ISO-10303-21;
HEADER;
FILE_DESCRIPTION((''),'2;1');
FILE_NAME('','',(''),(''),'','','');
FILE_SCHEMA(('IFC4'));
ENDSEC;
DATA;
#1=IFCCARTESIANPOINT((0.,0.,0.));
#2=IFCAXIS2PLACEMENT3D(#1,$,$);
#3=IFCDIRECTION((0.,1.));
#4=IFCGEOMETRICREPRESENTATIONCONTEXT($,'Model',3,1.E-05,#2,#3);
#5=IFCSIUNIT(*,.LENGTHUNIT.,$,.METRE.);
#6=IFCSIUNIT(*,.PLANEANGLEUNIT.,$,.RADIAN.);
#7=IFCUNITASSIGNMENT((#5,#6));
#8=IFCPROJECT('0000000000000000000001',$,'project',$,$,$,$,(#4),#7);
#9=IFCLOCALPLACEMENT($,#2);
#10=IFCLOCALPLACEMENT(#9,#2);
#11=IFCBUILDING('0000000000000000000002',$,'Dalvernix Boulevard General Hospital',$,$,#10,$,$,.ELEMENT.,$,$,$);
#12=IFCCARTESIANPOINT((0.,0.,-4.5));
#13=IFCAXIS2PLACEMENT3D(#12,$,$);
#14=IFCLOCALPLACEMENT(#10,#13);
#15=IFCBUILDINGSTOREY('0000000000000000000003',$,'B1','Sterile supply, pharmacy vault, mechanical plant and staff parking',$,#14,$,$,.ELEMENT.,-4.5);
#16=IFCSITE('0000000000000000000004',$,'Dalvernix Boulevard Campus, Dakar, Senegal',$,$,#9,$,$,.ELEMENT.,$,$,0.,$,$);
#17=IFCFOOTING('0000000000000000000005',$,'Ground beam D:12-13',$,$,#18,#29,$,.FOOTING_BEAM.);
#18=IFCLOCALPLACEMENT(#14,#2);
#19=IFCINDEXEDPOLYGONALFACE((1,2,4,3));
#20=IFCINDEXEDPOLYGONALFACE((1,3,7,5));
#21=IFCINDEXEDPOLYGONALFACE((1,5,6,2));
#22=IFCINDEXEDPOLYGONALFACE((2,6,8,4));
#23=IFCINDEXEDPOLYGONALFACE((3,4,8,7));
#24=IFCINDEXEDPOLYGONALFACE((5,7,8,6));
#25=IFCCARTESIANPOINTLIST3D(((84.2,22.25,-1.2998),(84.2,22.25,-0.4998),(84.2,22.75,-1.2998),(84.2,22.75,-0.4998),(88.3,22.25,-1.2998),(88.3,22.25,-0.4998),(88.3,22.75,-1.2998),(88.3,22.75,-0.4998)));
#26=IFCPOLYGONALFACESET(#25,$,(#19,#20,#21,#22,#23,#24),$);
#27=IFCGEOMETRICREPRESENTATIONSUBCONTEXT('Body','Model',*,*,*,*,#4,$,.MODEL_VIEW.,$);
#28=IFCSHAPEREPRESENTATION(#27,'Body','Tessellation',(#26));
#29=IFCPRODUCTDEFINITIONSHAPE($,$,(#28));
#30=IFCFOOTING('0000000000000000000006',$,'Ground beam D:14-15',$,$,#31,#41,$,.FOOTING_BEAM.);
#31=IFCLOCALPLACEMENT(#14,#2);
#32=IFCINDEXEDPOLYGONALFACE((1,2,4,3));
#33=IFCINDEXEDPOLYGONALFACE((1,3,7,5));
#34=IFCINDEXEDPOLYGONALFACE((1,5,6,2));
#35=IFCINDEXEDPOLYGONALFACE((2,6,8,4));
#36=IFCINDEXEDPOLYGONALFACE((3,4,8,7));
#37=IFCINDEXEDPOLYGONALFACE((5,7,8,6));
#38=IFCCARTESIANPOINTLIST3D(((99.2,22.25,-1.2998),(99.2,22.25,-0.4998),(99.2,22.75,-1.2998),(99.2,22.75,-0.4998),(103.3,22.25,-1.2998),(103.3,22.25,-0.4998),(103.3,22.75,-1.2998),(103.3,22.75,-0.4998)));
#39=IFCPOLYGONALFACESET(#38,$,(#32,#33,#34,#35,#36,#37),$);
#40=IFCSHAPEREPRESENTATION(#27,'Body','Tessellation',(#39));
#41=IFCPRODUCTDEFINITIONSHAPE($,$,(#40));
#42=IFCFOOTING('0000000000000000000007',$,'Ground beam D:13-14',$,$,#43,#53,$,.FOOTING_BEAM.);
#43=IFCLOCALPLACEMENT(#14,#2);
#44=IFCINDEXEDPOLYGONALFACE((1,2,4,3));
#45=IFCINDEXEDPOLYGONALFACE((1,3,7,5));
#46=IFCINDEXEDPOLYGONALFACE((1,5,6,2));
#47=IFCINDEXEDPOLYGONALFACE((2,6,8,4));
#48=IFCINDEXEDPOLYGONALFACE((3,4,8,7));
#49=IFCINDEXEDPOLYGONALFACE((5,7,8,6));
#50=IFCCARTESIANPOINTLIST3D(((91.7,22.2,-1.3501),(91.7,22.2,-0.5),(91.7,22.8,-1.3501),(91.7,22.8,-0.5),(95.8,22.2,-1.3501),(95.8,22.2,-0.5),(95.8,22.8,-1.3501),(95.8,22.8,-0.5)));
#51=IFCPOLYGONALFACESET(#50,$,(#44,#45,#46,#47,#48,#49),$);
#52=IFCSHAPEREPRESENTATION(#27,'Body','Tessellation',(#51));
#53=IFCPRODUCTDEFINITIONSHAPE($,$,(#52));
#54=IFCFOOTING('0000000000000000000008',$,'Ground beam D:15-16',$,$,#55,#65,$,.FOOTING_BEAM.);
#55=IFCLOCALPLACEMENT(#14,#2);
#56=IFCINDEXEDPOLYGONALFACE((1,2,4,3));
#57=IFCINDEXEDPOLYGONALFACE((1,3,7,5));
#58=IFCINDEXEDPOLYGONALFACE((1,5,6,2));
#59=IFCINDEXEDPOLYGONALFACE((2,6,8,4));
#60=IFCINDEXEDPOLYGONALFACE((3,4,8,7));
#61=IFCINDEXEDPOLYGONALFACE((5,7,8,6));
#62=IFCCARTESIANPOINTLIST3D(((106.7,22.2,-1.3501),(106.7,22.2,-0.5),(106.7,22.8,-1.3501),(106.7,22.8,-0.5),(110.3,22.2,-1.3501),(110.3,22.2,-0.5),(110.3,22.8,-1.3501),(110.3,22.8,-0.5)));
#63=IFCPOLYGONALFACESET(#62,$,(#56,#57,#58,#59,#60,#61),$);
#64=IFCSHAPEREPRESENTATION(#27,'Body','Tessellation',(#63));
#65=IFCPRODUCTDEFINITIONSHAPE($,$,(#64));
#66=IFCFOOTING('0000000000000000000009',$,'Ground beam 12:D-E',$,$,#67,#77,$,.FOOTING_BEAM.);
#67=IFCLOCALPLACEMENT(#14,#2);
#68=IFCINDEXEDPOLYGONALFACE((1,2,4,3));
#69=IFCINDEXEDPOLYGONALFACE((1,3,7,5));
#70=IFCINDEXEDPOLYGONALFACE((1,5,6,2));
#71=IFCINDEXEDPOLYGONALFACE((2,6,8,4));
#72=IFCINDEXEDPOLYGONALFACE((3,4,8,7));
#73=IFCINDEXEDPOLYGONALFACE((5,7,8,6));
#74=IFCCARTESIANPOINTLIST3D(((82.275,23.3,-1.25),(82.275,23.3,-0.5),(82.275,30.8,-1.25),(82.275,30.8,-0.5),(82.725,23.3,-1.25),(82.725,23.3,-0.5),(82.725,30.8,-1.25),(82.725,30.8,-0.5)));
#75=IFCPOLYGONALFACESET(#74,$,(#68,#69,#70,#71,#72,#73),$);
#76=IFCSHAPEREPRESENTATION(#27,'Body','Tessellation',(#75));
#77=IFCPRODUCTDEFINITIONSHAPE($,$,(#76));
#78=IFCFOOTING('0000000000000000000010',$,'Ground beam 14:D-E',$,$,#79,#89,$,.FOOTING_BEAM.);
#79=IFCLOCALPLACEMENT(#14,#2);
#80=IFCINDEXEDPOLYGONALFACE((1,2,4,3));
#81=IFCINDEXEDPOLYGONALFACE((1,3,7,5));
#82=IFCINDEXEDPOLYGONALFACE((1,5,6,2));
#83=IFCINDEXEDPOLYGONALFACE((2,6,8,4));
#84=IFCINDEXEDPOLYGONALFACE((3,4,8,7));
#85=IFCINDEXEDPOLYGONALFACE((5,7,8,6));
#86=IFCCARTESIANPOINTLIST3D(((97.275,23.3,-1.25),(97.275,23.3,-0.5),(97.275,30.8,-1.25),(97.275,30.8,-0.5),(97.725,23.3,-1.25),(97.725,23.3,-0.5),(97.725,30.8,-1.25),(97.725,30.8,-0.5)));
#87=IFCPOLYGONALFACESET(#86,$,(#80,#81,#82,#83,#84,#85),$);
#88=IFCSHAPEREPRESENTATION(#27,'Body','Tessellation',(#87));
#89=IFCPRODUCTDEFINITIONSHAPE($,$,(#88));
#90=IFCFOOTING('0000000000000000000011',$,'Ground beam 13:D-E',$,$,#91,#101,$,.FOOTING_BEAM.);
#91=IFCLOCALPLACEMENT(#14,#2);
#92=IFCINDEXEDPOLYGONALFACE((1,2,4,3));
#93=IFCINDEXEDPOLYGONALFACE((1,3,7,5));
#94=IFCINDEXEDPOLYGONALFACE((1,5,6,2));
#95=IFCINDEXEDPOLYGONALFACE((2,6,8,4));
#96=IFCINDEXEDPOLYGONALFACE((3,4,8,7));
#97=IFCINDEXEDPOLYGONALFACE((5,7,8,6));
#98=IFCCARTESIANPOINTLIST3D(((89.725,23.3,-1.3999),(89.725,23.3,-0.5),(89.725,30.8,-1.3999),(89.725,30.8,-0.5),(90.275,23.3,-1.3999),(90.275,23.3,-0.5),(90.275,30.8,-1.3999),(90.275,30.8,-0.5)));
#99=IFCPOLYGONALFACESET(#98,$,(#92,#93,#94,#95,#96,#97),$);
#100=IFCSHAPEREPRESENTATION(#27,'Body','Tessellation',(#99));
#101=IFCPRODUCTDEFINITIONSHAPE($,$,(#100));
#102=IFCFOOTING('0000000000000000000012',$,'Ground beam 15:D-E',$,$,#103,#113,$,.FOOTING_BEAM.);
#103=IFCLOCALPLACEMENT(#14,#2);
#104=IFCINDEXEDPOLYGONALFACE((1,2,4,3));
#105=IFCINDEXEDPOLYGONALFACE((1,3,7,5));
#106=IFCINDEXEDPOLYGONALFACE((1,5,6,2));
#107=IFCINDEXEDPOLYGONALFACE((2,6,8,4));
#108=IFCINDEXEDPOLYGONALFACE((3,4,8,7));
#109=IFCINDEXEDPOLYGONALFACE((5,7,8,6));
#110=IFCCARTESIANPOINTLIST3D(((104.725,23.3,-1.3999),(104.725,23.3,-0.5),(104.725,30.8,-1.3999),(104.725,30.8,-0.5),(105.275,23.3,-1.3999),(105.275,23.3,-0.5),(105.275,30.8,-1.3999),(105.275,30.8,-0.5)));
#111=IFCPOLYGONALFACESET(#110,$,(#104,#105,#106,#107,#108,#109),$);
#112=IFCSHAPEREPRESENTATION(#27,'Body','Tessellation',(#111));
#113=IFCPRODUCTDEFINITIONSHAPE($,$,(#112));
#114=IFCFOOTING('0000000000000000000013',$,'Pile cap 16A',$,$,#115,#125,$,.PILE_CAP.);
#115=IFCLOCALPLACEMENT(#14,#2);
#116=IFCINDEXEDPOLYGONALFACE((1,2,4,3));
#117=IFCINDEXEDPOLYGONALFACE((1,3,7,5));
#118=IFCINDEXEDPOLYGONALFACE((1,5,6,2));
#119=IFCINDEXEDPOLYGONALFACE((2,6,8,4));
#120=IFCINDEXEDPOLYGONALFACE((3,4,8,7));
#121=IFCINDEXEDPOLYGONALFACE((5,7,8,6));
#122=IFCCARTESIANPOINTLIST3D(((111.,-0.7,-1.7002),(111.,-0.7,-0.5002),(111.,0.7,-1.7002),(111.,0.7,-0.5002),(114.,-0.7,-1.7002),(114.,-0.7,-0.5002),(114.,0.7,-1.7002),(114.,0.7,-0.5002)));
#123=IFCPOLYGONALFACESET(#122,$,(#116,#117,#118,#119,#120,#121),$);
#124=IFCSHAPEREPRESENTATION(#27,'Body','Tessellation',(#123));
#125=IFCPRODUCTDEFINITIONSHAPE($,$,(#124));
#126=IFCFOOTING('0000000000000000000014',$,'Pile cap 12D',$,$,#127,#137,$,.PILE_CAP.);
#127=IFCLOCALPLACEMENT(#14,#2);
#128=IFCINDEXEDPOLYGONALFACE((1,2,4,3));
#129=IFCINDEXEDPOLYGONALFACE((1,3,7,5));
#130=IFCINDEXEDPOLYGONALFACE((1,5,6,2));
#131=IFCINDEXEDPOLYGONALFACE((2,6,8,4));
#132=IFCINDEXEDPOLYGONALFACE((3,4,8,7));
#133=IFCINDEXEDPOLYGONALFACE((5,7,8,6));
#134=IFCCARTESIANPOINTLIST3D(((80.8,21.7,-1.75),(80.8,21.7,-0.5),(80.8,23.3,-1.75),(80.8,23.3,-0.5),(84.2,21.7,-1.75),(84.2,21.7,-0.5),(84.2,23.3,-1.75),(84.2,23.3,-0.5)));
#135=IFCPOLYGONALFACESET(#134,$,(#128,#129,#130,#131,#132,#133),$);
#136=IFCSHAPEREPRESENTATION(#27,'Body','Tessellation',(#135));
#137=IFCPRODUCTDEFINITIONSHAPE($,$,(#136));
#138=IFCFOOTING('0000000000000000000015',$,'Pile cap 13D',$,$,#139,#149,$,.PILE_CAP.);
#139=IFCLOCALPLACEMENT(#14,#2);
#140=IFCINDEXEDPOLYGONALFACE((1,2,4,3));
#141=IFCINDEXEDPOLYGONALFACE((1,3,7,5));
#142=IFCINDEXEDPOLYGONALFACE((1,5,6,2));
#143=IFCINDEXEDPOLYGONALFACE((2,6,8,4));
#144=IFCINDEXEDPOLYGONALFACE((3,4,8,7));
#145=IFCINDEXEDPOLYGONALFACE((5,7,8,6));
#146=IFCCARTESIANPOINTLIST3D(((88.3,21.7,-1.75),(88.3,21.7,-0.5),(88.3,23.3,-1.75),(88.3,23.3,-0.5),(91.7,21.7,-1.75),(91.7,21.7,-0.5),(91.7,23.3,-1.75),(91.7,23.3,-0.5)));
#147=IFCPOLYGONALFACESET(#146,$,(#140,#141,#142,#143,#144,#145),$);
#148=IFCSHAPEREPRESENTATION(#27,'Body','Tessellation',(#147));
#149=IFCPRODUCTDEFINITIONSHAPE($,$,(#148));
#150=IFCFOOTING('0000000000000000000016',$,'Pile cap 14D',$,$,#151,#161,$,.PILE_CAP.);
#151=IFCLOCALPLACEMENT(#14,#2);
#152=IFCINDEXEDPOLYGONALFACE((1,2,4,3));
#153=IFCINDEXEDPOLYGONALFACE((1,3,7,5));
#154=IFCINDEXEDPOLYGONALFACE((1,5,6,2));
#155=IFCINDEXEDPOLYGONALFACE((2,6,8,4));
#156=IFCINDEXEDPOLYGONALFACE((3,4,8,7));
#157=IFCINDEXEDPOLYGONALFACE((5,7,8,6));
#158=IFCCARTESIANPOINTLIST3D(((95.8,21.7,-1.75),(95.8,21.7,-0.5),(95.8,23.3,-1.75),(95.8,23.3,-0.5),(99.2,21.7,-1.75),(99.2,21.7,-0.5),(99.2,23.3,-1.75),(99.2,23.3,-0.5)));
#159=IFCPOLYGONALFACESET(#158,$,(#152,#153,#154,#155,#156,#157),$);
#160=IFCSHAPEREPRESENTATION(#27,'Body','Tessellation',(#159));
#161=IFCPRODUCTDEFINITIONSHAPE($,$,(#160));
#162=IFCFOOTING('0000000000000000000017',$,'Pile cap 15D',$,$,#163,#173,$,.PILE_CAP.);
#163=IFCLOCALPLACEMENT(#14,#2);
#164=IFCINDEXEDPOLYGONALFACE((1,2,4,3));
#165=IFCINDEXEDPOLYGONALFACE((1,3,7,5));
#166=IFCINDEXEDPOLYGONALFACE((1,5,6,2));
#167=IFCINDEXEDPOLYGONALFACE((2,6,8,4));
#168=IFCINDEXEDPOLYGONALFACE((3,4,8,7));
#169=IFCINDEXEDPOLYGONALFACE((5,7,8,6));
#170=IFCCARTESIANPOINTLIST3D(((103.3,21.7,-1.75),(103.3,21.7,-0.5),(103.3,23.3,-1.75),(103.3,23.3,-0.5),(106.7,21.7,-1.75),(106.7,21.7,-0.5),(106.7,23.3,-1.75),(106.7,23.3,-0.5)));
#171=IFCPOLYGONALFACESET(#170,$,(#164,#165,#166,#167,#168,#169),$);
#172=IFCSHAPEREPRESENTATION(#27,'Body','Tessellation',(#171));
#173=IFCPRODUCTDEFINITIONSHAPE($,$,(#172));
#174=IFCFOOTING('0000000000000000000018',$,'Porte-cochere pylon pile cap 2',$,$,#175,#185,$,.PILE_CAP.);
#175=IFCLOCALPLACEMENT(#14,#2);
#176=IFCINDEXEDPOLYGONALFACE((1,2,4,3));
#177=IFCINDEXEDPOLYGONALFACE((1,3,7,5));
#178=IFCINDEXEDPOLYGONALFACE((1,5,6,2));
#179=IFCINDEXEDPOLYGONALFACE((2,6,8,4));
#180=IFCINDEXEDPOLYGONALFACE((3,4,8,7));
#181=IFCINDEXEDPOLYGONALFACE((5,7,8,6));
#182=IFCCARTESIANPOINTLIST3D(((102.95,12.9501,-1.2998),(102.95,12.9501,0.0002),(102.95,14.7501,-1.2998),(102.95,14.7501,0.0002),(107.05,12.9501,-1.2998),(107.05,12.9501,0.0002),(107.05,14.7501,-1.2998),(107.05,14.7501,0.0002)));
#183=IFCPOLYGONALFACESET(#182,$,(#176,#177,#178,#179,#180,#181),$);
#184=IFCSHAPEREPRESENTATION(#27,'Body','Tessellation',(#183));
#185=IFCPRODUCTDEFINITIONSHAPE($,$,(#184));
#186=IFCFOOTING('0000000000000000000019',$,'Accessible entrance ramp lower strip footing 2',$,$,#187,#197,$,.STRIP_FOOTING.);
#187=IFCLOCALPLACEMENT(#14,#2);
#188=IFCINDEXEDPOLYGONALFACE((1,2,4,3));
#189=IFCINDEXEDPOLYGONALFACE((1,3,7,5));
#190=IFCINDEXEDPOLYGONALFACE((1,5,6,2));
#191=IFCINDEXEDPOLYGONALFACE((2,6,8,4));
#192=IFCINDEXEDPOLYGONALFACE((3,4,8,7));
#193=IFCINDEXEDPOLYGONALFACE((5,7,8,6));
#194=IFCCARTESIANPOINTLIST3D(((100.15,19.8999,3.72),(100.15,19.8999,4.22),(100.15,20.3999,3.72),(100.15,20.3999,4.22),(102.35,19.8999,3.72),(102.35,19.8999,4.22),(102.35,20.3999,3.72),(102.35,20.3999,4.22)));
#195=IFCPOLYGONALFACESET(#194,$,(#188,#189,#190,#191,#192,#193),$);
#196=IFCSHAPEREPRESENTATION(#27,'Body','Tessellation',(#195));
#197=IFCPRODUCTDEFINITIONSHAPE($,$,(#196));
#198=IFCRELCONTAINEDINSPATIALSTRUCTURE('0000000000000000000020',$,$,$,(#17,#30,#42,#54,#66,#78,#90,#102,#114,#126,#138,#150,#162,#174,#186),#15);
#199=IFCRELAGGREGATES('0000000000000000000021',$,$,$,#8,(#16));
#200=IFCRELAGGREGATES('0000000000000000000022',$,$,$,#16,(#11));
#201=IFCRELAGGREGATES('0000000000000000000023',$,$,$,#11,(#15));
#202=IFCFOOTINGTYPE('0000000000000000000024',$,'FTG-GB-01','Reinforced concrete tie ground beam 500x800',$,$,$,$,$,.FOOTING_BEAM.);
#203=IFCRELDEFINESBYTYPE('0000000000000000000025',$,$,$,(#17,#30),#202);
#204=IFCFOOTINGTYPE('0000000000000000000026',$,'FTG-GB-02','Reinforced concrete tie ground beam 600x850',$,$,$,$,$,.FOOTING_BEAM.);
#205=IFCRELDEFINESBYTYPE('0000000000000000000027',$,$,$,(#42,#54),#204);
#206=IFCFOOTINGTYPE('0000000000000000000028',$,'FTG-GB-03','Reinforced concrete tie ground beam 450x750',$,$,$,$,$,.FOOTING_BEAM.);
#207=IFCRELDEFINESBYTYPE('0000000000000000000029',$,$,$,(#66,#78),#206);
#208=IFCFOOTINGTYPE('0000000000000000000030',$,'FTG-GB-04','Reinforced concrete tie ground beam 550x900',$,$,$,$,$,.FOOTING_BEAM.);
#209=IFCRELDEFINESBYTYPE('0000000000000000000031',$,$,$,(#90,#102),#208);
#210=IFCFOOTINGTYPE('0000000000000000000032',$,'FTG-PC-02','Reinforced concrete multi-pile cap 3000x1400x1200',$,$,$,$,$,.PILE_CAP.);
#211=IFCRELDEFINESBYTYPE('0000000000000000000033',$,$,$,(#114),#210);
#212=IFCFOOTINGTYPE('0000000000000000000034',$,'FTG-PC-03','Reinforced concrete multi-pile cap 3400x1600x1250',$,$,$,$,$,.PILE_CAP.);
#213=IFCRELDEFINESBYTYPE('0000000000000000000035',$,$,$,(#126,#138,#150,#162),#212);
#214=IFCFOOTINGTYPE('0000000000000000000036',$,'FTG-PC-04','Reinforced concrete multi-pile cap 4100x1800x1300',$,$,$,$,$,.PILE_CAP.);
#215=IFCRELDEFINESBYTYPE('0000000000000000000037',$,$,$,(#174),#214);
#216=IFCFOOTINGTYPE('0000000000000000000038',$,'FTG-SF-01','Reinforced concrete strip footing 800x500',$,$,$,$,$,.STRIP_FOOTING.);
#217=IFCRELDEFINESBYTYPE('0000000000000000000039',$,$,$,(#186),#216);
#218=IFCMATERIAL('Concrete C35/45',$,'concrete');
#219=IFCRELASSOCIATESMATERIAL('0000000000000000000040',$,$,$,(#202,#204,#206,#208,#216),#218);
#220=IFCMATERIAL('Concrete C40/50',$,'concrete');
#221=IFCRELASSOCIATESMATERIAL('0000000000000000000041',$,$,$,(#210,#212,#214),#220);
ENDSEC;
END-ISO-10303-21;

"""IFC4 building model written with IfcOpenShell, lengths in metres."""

from ifc_helpers import new_model, si_unit, direction, frame, origin, origin_2d, place, context, subcontext, project, spatial, rectangle, extrude, material, type_object, element, save


model = new_model("IFC4")

# Units and contexts
model_context = context("Model", 3, precision=1e-05, world=origin(), true_north=direction((0.0, 1.0)))
body_context = subcontext(model_context, "Body", "Model", "MODEL_VIEW")
ifc_project = project(units=[si_unit("LENGTHUNIT", "METRE"), si_unit("PLANEANGLEUNIT", "RADIAN")], contexts=[model_context])

# Site, building, storey
site_placement = place(None, origin())
site = spatial("IfcSite", under=ifc_project, at=site_placement, Name="Dalvernix Boulevard Campus, Dakar, Senegal", CompositionType="ELEMENT", RefElevation=0.0)
building_placement = place(site_placement, origin())
building = spatial("IfcBuilding", under=site, at=building_placement, Name="Dalvernix Boulevard General Hospital", CompositionType="ELEMENT")
storey_placement = place(building_placement, frame((0.0, 0.0, -4.5)))
storey = spatial("IfcBuildingStorey", under=building, at=storey_placement, Name="B1", Description="Sterile supply, pharmacy vault, mechanical plant and staff parking", CompositionType="ELEMENT", Elevation=-4.5)

# Footings
ifc_material_1 = material(Name="Concrete C35/45", Category="concrete")
footing_type_1 = type_object("IfcFootingType", Name="FTG-GB-01", Description="Reinforced concrete tie ground beam 500x800", PredefinedType="FOOTING_BEAM", material=ifc_material_1)
for number, where, z_axis, x_axis, name in (
    (1, (86.25, 22.5, -1.2998), (0.0, 0.0, 1.0), (1.0, 0.0, 0.0), "Ground beam D:12-13"),
    (2, (101.25, 22.5, -1.2998), (0.0, 0.0, 1.0), (1.0, 0.0, 0.0), "Ground beam D:14-15"),
):
    element("IfcFooting", number, at=place(storey_placement, frame(where, z_axis=z_axis, x_axis=x_axis)), inside=storey, type_object=footing_type_1, Name=name, PredefinedType="FOOTING_BEAM", context=body_context, shape_type="SweptSolid", body=[
        extrude(rectangle(XDim=4.1001, YDim=0.5, at=origin_2d()), origin(), (0.0, 0.0, 1.0), 0.8),
    ])
footing_type_2 = type_object("IfcFootingType", Name="FTG-GB-02", Description="Reinforced concrete tie ground beam 600x850", PredefinedType="FOOTING_BEAM", material=ifc_material_1)
footing_1_placement = place(storey_placement, frame((93.75, 22.5, -1.3501), z_axis=(0.0, 0.0, 1.0), x_axis=(1.0, 0.0, 0.0)))
element("IfcFooting", 3, at=footing_1_placement, inside=storey, type_object=footing_type_2, Name="Ground beam D:13-14", PredefinedType="FOOTING_BEAM", context=body_context, shape_type="SweptSolid", body=[
    extrude(rectangle(XDim=4.1001, YDim=0.6001, at=origin_2d()), origin(), (0.0, 0.0, 1.0), 0.8501),
])
footing_2_placement = place(storey_placement, frame((108.5, 22.5, -1.3501), z_axis=(0.0, 0.0, 1.0), x_axis=(1.0, 0.0, 0.0)))
element("IfcFooting", 4, at=footing_2_placement, inside=storey, type_object=footing_type_2, Name="Ground beam D:15-16", PredefinedType="FOOTING_BEAM", context=body_context, shape_type="SweptSolid", body=[
    extrude(rectangle(XDim=3.6001, YDim=0.6001, at=origin_2d()), origin(), (0.0, 0.0, 1.0), 0.8501),
])
footing_type_3 = type_object("IfcFootingType", Name="FTG-GB-03", Description="Reinforced concrete tie ground beam 450x750", PredefinedType="FOOTING_BEAM", material=ifc_material_1)
for number, where, z_axis, x_axis, name in (
    (5, (82.5, 27.05, -1.25), (0.0, 0.0, 1.0), (0.0, 1.0, 0.0), "Ground beam 12:D-E"),
    (6, (97.5, 27.05, -1.25), (0.0, 0.0, 1.0), (0.0, 1.0, 0.0), "Ground beam 14:D-E"),
):
    element("IfcFooting", number, at=place(storey_placement, frame(where, z_axis=z_axis, x_axis=x_axis)), inside=storey, type_object=footing_type_3, Name=name, PredefinedType="FOOTING_BEAM", context=body_context, shape_type="SweptSolid", body=[
        extrude(rectangle(XDim=7.5, YDim=0.45, at=origin_2d()), origin(), (0.0, 0.0, 1.0), 0.75),
    ])
footing_type_4 = type_object("IfcFootingType", Name="FTG-GB-04", Description="Reinforced concrete tie ground beam 550x900", PredefinedType="FOOTING_BEAM", material=ifc_material_1)
for number, where, z_axis, x_axis, name in (
    (7, (90.0, 27.05, -1.3999), (0.0, 0.0, 1.0), (0.0, 1.0, 0.0), "Ground beam 13:D-E"),
    (8, (105.0, 27.05, -1.3999), (0.0, 0.0, 1.0), (0.0, 1.0, 0.0), "Ground beam 15:D-E"),
):
    element("IfcFooting", number, at=place(storey_placement, frame(where, z_axis=z_axis, x_axis=x_axis)), inside=storey, type_object=footing_type_4, Name=name, PredefinedType="FOOTING_BEAM", context=body_context, shape_type="SweptSolid", body=[
        extrude(rectangle(XDim=7.5, YDim=0.55, at=origin_2d()), origin(), (0.0, 0.0, 1.0), 0.8999),
    ])
ifc_material_2 = material(Name="Concrete C40/50", Category="concrete")
footing_type_5 = type_object("IfcFootingType", Name="FTG-PC-02", Description="Reinforced concrete multi-pile cap 3000x1400x1200", PredefinedType="PILE_CAP", material=ifc_material_2)
footing_3_placement = place(storey_placement, frame((112.5, 0.0, -1.7002), z_axis=(0.0, 0.0, 1.0), x_axis=(1.0, 0.0, 0.0)))
element("IfcFooting", 9, at=footing_3_placement, inside=storey, type_object=footing_type_5, Name="Pile cap 16A", PredefinedType="PILE_CAP", context=body_context, shape_type="SweptSolid", body=[
    extrude(rectangle(XDim=3.0, YDim=1.3999, at=origin_2d()), origin(), (0.0, 0.0, 1.0), 1.2),
])
footing_type_6 = type_object("IfcFootingType", Name="FTG-PC-03", Description="Reinforced concrete multi-pile cap 3400x1600x1250", PredefinedType="PILE_CAP", material=ifc_material_2)
for number, where, z_axis, x_axis, name in (
    (10, (82.5, 22.5, -1.75), (0.0, 0.0, 1.0), (1.0, 0.0, 0.0), "Pile cap 12D"),
    (11, (90.0, 22.5, -1.75), (0.0, 0.0, 1.0), (1.0, 0.0, 0.0), "Pile cap 13D"),
    (12, (97.5, 22.5, -1.75), (0.0, 0.0, 1.0), (1.0, 0.0, 0.0), "Pile cap 14D"),
    (13, (105.0, 22.5, -1.75), (0.0, 0.0, 1.0), (1.0, 0.0, 0.0), "Pile cap 15D"),
):
    element("IfcFooting", number, at=place(storey_placement, frame(where, z_axis=z_axis, x_axis=x_axis)), inside=storey, type_object=footing_type_6, Name=name, PredefinedType="PILE_CAP", context=body_context, shape_type="SweptSolid", body=[
        extrude(rectangle(XDim=3.3999, YDim=1.6001, at=origin_2d()), origin(), (0.0, 0.0, 1.0), 1.25),
    ])
footing_type_7 = type_object("IfcFootingType", Name="FTG-PC-04", Description="Reinforced concrete multi-pile cap 4100x1800x1300", PredefinedType="PILE_CAP", material=ifc_material_2)
footing_4_placement = place(storey_placement, frame((105.0, 13.8501, -1.2998), z_axis=(0.0, 0.0, 1.0), x_axis=(1.0, 0.0, 0.0)))
element("IfcFooting", 14, at=footing_4_placement, inside=storey, type_object=footing_type_7, Name="Porte-cochere pylon pile cap 2", PredefinedType="PILE_CAP", context=body_context, shape_type="SweptSolid", body=[
    extrude(rectangle(XDim=4.1001, YDim=1.8, at=origin_2d()), origin(), (0.0, 0.0, 1.0), 1.3),
])
footing_type_8 = type_object("IfcFootingType", Name="FTG-SF-01", Description="Reinforced concrete strip footing 800x500", PredefinedType="STRIP_FOOTING", material=ifc_material_1)
footing_5_placement = place(storey_placement, frame((101.25, 20.1499, 3.72), z_axis=(0.0, 0.0, 1.0), x_axis=(0.0, 1.0, 0.0)))
element("IfcFooting", 15, at=footing_5_placement, inside=storey, type_object=footing_type_8, Name="Accessible entrance ramp lower strip footing 2", PredefinedType="STRIP_FOOTING", context=body_context, shape_type="SweptSolid", body=[
    extrude(rectangle(XDim=0.5, YDim=2.2, at=origin_2d()), origin(), (0.0, 0.0, 1.0), 0.5),
])

save(model, "model.ifc")
